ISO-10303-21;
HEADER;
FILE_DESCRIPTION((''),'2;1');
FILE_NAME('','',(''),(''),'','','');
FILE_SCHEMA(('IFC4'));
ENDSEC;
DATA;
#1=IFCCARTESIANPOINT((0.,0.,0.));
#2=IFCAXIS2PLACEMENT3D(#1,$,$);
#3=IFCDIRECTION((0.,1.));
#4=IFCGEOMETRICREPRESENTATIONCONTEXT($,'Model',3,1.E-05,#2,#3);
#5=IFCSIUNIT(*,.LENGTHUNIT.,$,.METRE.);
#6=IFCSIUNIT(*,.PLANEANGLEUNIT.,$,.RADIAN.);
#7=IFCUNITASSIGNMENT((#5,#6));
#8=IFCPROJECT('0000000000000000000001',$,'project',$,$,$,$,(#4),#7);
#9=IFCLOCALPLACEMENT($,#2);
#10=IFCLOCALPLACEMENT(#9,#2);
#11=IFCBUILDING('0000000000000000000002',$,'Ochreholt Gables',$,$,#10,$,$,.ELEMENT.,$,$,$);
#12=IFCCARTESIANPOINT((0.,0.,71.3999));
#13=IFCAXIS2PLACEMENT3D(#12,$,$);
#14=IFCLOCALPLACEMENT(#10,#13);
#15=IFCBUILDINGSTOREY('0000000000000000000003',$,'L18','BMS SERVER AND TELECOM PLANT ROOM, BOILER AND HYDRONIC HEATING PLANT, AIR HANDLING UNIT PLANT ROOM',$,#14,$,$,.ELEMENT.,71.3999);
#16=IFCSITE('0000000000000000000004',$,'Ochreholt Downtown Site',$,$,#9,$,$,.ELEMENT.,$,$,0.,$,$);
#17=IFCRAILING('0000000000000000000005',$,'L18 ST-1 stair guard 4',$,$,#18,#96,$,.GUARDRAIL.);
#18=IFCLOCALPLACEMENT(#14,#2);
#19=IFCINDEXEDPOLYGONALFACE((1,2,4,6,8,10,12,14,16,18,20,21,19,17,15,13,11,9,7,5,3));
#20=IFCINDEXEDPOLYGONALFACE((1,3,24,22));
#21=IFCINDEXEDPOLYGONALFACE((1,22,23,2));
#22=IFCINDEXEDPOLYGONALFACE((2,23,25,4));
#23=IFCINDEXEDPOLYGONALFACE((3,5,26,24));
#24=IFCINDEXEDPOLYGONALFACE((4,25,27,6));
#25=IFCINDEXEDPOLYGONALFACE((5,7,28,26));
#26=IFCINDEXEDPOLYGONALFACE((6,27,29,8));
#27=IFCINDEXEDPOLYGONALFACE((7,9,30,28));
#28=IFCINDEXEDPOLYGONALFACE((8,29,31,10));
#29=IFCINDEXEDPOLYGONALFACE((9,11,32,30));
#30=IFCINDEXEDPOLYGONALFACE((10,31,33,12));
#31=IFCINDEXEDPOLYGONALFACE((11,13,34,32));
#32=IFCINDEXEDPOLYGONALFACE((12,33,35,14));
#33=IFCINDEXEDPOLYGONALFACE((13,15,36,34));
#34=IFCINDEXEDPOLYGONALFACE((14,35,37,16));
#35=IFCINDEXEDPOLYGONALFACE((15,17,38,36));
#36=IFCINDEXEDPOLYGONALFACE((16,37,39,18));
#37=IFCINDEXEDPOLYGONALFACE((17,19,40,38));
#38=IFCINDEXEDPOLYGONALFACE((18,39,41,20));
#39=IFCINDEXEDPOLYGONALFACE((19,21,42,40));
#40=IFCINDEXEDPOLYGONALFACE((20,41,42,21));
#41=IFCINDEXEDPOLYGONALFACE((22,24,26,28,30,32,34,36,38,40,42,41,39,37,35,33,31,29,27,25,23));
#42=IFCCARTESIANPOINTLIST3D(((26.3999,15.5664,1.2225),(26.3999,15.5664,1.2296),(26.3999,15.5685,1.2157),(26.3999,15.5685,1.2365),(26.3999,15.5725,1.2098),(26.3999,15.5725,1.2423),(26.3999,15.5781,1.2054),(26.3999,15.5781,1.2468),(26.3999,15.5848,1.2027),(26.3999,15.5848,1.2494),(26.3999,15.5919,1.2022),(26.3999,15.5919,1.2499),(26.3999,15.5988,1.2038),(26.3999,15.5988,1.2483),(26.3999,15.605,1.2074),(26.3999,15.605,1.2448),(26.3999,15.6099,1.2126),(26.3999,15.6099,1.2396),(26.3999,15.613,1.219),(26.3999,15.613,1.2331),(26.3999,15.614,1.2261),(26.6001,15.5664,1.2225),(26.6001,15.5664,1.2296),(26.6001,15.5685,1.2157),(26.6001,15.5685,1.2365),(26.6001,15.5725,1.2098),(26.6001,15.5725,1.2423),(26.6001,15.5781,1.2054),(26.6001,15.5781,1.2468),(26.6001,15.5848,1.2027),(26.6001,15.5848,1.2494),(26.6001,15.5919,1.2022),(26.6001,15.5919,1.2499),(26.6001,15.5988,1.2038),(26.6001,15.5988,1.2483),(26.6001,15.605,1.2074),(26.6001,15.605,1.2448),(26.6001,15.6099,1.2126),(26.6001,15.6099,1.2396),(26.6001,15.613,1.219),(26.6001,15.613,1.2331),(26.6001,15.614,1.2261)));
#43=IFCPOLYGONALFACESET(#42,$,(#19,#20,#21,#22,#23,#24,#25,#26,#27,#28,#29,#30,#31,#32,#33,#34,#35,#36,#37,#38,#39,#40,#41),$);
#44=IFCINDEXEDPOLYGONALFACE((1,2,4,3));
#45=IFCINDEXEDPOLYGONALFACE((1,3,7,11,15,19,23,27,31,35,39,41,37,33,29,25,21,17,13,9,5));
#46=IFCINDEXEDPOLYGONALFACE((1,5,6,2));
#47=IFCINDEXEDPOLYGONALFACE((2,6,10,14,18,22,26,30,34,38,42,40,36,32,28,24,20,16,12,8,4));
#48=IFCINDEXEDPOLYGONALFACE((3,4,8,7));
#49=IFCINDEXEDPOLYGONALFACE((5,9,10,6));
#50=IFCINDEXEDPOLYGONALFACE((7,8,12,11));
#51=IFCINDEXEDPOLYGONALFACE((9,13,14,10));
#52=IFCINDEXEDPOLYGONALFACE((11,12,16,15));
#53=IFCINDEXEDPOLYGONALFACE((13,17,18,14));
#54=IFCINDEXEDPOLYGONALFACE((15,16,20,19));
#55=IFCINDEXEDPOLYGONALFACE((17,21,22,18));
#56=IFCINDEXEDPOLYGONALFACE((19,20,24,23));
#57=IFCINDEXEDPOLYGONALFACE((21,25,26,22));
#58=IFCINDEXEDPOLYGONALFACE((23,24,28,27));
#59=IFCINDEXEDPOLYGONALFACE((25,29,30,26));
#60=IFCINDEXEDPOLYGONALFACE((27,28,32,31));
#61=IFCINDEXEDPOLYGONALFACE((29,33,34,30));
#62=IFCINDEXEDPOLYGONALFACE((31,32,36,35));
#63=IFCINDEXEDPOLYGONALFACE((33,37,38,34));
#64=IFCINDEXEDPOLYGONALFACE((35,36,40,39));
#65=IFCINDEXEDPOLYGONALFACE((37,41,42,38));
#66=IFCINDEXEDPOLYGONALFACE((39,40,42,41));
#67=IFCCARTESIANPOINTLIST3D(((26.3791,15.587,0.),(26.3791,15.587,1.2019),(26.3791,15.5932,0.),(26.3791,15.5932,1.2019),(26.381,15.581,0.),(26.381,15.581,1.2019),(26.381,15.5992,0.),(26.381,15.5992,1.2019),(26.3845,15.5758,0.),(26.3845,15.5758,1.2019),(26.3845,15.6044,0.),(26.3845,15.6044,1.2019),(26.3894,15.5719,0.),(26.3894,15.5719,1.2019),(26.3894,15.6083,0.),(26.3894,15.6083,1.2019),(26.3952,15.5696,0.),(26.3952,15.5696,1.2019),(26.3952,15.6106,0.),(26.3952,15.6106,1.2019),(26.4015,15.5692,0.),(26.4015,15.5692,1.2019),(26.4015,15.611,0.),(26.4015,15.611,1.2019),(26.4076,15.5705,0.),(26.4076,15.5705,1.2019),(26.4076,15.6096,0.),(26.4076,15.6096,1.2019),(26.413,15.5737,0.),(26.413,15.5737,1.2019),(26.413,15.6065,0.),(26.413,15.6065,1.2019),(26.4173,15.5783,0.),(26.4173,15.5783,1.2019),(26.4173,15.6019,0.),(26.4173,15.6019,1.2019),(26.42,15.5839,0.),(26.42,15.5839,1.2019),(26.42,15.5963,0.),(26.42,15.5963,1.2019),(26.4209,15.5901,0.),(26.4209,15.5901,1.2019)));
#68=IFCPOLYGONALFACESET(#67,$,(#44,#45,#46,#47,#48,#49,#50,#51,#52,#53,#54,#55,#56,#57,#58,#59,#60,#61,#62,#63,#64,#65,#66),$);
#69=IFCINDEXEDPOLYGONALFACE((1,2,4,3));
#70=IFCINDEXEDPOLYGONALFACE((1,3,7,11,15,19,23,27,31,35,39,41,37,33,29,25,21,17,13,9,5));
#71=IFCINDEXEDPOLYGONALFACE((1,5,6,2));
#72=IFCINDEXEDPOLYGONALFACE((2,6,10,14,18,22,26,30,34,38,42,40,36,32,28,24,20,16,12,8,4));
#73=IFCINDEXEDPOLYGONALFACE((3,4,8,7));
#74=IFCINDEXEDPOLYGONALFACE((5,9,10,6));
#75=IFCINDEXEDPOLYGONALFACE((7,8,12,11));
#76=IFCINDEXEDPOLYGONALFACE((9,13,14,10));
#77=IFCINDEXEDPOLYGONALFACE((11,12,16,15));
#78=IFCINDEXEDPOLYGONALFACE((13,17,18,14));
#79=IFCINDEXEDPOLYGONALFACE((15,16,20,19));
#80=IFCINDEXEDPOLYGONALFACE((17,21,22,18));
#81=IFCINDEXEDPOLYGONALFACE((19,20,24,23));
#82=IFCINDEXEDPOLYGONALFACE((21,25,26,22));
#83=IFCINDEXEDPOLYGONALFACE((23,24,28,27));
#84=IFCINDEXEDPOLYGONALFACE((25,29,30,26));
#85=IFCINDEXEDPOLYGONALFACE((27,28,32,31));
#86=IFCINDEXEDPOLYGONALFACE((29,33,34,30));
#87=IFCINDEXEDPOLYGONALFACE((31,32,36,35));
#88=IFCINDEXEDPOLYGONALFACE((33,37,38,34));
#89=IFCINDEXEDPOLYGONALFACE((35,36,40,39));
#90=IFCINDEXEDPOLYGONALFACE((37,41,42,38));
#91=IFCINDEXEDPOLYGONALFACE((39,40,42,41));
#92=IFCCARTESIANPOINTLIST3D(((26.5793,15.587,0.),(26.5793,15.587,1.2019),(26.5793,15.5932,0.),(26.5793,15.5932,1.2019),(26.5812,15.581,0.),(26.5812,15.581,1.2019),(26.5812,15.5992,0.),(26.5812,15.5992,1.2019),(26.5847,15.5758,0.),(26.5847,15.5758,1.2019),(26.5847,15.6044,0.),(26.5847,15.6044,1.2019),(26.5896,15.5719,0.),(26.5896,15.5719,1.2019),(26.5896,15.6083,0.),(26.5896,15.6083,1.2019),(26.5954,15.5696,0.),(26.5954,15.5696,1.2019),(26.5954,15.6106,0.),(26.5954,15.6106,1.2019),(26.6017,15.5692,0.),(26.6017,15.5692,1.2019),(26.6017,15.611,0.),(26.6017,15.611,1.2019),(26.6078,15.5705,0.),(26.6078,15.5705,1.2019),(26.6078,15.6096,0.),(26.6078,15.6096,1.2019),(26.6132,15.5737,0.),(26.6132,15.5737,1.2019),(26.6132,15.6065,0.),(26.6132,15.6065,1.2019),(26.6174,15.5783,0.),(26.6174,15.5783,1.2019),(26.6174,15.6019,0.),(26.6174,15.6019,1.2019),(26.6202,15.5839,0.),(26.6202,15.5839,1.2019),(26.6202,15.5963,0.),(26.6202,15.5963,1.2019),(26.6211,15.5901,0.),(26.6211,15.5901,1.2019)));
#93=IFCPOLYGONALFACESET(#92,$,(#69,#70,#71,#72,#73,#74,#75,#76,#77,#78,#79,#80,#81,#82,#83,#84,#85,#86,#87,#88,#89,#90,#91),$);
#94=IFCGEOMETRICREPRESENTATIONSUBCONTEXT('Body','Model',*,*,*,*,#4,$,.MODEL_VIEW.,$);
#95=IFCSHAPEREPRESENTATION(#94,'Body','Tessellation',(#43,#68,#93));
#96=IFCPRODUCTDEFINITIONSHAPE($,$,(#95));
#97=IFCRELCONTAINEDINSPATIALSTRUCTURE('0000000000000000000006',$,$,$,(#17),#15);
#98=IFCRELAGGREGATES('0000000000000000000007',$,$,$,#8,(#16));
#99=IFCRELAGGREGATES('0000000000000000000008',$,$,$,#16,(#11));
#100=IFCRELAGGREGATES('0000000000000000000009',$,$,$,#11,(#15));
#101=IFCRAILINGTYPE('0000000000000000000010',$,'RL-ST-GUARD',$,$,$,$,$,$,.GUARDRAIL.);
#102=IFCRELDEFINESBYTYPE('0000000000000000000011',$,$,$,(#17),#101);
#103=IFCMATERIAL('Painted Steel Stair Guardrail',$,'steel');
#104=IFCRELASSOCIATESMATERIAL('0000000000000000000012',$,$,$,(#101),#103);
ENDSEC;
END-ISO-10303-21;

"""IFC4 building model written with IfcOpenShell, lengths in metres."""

from ifc_helpers import new_model, si_unit, direction, frame, origin, origin_2d, place, context, subcontext, project, spatial, circle, extrude, material, type_object, element, save


model = new_model("IFC4")

# Units and contexts
model_context = context("Model", 3, precision=1e-05, world=origin(), true_north=direction((0.0, 1.0)))
body_context = subcontext(model_context, "Body", "Model", "MODEL_VIEW")
ifc_project = project(units=[si_unit("LENGTHUNIT", "METRE"), si_unit("PLANEANGLEUNIT", "RADIAN")], contexts=[model_context])

# Site, building, storey
site_placement = place(None, origin())
site = spatial("IfcSite", under=ifc_project, at=site_placement, Name="Ochreholt Downtown Site", CompositionType="ELEMENT", RefElevation=0.0)
building_placement = place(site_placement, origin())
building = spatial("IfcBuilding", under=site, at=building_placement, Name="Ochreholt Gables", CompositionType="ELEMENT")
storey_placement = place(building_placement, frame((0.0, 0.0, 71.3999)))
storey = spatial("IfcBuildingStorey", under=building, at=storey_placement, Name="L18", Description="BMS SERVER AND TELECOM PLANT ROOM, BOILER AND HYDRONIC HEATING PLANT, AIR HANDLING UNIT PLANT ROOM", CompositionType="ELEMENT", Elevation=71.3999)

# Railing
ifc_material_1 = material(Name="Painted Steel Stair Guardrail", Category="steel")
railing_type_1 = type_object("IfcRailingType", Name="RL-ST-GUARD", PredefinedType="GUARDRAIL", material=ifc_material_1)
railing_1_placement = place(storey_placement, frame((26.3999, 15.5901, 0.0)))
element("IfcRailing", 1, at=railing_1_placement, inside=storey, type_object=railing_type_1, Name="L18 ST-1 stair guard 4", PredefinedType="GUARDRAIL", context=body_context, shape_type="SweptSolid", body=[
    extrude(circle(Radius=0.0239, at=origin_2d()), frame((0.0, 0.0, 1.2261), z_axis=(1.0, 0.0, 0.0), x_axis=(0.0, 1.0, 0.0)), (0.0, 0.0, 1.0), 0.2002),
    extrude(circle(Radius=0.021, at=origin_2d()), origin(), (0.0, 0.0, 1.0), 1.2019),
    extrude(circle(Radius=0.021, at=origin_2d()), frame((0.2002, 0.0, 0.0)), (0.0, 0.0, 1.0), 1.2019),
])

save(model, "model.ifc")
